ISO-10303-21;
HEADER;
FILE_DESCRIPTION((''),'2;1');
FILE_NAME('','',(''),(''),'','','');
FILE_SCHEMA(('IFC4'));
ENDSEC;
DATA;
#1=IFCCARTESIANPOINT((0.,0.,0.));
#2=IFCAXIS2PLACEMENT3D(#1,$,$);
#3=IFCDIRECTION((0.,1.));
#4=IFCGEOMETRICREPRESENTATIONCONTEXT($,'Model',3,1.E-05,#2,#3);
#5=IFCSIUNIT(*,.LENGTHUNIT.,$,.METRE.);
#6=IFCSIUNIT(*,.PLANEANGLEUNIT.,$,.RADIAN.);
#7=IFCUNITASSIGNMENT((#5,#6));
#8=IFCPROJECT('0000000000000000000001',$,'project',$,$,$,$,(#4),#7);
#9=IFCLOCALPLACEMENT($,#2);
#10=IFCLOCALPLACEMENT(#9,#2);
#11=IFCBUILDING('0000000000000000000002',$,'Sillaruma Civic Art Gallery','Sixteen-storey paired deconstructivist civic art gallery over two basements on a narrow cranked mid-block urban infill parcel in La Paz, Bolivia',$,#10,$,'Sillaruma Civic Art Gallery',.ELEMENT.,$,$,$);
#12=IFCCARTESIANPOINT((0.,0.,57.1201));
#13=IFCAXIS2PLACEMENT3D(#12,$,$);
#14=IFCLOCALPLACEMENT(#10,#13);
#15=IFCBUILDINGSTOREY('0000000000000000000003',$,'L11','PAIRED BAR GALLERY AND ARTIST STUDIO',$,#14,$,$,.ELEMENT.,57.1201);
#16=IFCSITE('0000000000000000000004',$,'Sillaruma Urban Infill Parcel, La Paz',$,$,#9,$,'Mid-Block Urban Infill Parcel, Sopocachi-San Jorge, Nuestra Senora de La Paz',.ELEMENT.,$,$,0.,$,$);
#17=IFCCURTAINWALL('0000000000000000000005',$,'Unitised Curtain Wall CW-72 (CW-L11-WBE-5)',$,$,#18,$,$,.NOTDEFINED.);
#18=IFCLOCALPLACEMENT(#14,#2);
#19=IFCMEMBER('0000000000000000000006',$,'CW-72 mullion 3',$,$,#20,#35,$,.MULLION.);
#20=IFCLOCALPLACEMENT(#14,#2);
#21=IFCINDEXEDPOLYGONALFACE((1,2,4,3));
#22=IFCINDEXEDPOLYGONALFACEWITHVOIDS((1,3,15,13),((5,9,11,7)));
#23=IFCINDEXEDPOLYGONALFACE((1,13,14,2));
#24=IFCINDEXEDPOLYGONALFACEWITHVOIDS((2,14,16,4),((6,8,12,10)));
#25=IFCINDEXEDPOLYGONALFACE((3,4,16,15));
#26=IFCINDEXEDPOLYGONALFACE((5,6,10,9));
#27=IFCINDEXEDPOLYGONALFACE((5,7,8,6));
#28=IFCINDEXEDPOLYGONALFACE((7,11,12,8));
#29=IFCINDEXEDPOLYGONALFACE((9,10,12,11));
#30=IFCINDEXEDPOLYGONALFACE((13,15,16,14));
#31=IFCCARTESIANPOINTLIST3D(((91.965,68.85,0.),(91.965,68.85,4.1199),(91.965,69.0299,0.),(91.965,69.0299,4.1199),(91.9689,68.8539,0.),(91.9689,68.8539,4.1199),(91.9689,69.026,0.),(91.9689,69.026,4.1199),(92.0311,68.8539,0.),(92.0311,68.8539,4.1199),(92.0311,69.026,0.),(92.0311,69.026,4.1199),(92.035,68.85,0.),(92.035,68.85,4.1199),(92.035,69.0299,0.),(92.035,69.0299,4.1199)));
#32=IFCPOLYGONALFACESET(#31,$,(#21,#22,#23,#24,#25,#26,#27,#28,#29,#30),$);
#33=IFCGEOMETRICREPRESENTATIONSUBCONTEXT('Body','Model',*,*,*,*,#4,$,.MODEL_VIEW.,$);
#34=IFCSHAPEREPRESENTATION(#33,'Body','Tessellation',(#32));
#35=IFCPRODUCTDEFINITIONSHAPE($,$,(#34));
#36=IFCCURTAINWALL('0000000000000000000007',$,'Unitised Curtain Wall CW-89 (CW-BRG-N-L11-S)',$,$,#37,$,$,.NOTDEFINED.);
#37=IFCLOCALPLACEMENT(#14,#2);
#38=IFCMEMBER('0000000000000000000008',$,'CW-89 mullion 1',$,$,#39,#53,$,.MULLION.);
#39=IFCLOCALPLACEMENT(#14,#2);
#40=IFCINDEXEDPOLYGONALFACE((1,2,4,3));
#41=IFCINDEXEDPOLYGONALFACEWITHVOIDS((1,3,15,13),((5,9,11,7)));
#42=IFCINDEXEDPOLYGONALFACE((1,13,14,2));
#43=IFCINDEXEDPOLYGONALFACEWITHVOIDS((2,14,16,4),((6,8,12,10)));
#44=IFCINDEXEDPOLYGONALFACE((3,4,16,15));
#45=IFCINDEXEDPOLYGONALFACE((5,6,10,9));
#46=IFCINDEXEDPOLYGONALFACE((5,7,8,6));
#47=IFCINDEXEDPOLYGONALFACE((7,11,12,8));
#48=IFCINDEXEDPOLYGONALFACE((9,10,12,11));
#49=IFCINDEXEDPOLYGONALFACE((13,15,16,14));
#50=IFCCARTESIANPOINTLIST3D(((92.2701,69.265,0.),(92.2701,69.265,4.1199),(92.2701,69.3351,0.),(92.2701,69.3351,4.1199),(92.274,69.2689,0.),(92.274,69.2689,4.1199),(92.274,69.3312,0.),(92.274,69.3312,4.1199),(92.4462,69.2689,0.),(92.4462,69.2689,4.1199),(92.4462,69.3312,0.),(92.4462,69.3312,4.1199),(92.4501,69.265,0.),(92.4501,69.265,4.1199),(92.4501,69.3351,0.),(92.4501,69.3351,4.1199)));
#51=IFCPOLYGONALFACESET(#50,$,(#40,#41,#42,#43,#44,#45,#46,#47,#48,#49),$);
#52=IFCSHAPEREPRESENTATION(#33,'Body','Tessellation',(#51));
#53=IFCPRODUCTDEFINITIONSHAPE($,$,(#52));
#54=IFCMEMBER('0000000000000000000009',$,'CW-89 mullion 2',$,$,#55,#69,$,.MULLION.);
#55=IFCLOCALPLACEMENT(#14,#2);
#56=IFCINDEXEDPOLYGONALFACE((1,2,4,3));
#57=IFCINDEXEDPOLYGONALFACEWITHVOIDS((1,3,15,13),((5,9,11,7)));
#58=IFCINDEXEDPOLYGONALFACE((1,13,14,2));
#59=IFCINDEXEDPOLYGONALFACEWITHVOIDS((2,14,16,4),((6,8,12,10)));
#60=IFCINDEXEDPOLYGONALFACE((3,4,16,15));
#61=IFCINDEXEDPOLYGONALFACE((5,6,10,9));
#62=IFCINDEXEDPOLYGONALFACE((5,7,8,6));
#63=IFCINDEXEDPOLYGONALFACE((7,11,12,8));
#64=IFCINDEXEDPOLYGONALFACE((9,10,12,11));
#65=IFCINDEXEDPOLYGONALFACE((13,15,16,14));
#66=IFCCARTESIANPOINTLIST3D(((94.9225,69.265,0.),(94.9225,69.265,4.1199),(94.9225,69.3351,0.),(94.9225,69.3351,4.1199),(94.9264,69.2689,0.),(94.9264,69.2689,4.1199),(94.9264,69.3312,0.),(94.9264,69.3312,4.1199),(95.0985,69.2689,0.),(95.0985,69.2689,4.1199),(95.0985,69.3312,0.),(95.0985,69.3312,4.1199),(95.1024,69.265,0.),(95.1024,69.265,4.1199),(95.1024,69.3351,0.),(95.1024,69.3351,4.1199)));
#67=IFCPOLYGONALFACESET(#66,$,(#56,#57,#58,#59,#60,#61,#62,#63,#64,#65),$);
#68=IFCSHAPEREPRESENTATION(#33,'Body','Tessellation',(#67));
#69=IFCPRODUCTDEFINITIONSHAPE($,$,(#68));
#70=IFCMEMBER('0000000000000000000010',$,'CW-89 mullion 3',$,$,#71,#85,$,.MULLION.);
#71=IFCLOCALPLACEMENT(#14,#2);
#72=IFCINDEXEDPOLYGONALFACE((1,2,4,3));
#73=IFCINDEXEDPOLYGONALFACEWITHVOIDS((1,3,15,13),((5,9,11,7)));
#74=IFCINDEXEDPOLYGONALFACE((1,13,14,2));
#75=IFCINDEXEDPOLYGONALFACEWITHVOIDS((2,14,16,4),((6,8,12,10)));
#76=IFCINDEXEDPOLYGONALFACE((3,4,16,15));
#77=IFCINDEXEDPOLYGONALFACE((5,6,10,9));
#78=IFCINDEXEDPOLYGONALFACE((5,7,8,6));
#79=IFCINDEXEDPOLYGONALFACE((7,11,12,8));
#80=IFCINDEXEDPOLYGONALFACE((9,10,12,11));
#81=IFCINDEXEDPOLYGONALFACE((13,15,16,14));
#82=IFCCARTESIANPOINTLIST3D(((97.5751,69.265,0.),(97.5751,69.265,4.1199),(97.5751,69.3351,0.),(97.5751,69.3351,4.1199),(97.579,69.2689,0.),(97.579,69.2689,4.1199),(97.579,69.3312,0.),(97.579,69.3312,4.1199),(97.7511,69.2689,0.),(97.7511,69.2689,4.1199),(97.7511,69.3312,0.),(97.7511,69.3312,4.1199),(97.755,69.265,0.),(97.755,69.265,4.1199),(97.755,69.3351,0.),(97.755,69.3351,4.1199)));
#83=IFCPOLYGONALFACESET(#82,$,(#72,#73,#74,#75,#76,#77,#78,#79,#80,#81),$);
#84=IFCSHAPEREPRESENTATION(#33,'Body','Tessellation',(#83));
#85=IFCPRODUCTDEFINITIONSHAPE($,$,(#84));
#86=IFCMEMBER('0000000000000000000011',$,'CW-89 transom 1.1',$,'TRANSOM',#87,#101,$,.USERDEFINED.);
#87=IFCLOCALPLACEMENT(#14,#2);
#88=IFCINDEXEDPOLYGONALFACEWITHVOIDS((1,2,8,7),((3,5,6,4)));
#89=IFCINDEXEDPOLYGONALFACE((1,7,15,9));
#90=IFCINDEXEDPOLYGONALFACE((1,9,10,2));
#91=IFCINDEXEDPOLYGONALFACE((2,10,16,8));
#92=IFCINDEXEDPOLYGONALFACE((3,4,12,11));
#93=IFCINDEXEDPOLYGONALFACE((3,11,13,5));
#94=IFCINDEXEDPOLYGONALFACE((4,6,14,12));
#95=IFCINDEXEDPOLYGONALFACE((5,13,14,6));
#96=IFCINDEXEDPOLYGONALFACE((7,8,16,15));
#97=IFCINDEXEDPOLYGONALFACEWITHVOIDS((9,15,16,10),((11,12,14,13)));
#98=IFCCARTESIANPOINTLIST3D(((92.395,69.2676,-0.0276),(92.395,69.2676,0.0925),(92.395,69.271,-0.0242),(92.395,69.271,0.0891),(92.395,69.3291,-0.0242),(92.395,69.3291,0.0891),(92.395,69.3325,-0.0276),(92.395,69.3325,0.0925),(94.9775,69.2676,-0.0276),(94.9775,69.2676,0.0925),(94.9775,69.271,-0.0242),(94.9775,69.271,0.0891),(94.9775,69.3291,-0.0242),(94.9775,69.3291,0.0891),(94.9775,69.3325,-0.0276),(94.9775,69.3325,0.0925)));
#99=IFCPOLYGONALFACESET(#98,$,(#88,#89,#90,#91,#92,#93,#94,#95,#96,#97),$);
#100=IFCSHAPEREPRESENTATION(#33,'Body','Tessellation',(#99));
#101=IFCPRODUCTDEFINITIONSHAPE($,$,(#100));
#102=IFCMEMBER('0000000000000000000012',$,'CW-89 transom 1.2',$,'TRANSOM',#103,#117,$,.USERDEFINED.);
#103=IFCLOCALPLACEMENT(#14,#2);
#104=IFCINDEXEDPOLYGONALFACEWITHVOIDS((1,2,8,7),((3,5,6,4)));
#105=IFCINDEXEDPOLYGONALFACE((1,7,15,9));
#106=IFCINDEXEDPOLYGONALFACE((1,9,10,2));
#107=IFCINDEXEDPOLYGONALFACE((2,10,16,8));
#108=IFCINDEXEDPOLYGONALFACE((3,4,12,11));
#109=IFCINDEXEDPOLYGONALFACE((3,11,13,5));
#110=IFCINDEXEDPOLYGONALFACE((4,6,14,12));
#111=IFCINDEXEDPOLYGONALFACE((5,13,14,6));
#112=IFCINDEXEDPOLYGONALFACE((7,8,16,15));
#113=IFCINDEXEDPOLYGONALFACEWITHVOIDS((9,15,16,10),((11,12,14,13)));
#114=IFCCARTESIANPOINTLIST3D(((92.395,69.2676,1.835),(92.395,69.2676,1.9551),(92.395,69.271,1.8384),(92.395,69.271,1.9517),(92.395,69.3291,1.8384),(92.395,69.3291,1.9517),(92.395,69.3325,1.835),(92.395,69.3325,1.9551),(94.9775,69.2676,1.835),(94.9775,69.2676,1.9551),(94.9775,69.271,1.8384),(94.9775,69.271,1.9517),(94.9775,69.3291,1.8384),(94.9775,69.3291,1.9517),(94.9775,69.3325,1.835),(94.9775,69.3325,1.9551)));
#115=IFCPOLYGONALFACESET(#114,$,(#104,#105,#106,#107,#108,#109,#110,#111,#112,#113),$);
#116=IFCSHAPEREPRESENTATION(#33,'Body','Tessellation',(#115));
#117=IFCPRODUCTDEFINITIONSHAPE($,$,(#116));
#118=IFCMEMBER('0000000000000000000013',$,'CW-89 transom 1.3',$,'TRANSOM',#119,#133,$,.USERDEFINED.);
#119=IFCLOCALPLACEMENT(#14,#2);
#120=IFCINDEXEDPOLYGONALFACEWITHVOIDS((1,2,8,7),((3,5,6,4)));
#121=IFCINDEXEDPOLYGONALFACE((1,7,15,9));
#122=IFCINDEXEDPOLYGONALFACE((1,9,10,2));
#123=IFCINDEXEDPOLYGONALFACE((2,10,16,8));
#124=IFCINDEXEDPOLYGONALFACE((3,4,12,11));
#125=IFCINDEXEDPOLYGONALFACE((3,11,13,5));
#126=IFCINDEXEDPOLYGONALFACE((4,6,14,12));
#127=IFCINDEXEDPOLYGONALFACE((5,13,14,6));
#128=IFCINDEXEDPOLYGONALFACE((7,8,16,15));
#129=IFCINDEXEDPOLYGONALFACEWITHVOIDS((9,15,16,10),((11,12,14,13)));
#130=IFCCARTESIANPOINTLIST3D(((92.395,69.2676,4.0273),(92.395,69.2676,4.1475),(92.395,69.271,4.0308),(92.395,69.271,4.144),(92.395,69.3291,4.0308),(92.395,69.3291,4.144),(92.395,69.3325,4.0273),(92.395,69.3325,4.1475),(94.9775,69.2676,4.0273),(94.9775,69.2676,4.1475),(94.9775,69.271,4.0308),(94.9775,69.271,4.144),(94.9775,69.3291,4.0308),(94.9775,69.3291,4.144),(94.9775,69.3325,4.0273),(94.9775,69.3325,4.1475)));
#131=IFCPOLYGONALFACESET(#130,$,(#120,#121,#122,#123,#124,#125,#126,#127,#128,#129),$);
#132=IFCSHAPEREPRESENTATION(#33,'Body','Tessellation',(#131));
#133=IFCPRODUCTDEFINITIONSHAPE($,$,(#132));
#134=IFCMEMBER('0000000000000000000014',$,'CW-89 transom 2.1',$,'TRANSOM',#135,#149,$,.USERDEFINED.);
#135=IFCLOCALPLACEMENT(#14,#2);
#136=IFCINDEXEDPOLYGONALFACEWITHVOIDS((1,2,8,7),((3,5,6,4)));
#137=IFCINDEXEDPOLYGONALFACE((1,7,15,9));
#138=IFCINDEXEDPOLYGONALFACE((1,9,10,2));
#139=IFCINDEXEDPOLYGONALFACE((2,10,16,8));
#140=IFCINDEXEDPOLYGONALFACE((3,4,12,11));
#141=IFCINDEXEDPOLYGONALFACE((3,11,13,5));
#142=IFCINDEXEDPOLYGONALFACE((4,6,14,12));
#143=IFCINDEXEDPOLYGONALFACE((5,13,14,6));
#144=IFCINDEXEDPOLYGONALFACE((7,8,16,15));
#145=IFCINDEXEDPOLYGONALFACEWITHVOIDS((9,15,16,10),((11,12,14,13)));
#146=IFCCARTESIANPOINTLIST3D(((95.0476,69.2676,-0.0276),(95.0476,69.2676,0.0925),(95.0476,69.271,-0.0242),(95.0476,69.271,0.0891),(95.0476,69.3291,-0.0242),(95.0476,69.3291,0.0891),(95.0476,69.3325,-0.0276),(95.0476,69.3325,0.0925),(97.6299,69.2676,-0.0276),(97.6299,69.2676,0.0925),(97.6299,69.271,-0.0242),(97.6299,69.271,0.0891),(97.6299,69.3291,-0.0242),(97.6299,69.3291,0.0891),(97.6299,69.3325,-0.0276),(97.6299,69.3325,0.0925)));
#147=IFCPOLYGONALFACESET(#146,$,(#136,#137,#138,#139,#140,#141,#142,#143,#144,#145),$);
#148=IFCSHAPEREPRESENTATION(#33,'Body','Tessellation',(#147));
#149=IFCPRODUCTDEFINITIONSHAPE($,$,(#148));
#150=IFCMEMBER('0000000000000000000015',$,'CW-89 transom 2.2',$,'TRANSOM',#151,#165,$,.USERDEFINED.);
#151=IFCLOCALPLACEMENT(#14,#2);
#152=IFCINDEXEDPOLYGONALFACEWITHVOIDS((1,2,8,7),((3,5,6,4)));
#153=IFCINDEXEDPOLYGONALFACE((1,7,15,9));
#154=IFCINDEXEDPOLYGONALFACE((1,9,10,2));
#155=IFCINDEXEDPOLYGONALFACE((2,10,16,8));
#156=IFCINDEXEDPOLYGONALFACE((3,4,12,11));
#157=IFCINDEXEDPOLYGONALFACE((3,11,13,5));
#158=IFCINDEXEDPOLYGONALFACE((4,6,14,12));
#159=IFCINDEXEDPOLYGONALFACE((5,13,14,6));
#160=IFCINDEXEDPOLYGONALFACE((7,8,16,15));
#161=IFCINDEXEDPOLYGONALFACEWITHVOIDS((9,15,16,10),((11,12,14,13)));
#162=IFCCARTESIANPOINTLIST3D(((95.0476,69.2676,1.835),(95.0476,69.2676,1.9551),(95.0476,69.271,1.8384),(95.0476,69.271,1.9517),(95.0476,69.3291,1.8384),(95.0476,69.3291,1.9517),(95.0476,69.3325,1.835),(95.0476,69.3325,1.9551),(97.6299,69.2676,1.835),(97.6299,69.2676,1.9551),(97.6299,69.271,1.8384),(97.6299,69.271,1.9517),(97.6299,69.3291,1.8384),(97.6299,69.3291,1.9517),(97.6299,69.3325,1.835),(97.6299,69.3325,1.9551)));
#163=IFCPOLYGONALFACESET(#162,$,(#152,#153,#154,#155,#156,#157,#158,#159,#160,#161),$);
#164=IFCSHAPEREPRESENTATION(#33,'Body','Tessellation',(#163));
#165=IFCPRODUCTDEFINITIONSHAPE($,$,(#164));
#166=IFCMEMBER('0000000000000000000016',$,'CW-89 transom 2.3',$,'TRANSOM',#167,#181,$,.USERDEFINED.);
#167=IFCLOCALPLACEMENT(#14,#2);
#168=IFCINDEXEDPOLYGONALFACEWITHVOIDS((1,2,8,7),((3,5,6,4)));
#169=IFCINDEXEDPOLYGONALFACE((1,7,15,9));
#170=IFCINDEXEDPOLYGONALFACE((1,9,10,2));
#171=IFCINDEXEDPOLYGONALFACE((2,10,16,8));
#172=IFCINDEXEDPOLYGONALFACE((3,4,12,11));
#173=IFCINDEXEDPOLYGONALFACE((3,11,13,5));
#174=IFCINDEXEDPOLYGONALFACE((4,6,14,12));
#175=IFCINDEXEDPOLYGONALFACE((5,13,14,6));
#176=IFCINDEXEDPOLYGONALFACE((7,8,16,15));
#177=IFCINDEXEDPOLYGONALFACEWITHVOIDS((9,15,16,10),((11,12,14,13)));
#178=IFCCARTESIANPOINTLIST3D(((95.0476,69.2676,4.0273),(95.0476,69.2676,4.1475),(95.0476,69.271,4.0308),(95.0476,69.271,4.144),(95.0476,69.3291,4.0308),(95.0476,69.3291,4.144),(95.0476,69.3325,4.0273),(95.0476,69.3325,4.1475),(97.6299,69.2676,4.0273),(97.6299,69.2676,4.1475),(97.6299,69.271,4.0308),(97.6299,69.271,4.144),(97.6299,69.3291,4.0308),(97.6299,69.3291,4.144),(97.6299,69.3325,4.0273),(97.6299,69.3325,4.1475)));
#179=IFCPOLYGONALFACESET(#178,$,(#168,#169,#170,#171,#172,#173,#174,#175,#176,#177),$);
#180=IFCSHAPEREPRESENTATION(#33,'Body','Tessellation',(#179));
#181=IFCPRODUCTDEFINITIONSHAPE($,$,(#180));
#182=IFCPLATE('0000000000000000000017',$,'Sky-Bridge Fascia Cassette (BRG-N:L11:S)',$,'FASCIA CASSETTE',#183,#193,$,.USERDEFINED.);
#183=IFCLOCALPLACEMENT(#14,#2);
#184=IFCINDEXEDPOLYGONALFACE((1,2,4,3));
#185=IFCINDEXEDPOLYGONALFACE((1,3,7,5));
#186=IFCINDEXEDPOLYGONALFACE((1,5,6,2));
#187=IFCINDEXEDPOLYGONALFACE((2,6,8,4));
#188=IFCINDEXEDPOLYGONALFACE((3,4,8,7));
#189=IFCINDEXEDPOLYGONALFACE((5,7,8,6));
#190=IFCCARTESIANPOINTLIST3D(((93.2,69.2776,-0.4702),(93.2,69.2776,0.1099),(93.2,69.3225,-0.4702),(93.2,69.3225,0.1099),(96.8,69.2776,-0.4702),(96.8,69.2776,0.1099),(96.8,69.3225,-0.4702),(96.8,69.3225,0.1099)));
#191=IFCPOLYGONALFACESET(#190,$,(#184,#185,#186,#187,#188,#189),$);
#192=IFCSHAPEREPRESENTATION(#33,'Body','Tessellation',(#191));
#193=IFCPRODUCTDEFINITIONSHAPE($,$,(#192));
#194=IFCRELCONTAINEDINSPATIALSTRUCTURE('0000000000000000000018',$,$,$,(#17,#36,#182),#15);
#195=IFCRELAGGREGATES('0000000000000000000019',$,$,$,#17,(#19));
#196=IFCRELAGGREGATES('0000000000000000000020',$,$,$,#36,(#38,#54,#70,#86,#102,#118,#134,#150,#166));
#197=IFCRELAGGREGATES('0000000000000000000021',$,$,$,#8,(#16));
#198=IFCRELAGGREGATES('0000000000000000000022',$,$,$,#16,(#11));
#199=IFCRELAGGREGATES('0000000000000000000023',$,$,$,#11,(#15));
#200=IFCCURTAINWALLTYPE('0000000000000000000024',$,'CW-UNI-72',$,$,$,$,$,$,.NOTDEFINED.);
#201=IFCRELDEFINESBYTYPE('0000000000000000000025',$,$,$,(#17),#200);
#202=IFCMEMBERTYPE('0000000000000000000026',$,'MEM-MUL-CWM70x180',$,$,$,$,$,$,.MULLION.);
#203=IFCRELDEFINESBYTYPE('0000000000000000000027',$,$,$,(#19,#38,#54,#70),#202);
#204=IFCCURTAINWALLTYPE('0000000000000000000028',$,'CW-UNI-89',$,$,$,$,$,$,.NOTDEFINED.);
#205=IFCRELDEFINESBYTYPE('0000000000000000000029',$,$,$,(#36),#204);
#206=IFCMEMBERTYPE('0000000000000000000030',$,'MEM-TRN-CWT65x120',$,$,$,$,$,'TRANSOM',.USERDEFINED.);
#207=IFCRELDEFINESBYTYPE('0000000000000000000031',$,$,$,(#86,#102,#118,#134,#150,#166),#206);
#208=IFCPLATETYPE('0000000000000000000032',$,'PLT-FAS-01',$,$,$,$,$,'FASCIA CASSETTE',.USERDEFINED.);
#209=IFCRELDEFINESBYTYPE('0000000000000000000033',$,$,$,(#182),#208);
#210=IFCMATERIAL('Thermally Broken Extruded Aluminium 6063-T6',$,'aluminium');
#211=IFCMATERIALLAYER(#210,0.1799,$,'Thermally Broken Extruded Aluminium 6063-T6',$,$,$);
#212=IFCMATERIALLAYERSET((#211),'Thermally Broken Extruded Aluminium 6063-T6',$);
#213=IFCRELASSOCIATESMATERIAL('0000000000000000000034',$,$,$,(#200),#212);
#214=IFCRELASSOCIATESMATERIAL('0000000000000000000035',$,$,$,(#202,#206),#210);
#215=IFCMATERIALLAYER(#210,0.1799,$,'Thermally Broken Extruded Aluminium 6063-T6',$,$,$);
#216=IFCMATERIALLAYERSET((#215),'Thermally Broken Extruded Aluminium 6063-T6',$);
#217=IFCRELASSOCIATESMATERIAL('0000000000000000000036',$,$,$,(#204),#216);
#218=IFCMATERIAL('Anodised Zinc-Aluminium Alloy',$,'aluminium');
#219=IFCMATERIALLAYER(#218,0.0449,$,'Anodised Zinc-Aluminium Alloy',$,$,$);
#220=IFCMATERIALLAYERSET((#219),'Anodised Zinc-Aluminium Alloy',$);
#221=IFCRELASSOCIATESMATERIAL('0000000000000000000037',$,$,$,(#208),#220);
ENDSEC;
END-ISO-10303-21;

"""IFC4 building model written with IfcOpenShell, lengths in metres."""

from ifc_helpers import new_model, si_unit, direction, frame, origin, origin_2d, place, context, subcontext, project, spatial, rectangle, hollow_rectangle, extrude, material, layer, layer_set, material_profile, profile_set, type_object, element, aggregate, save


model = new_model("IFC4")

# Units and contexts
model_context = context("Model", 3, precision=1e-05, world=origin(), true_north=direction((0.0, 1.0)))
body_context = subcontext(model_context, "Body", "Model", "MODEL_VIEW")
ifc_project = project(units=[si_unit("LENGTHUNIT", "METRE"), si_unit("PLANEANGLEUNIT", "RADIAN")], contexts=[model_context])

# Site, building, storey
site_placement = place(None, origin())
site = spatial("IfcSite", under=ifc_project, at=site_placement, Name="Sillaruma Urban Infill Parcel, La Paz", LongName="Mid-Block Urban Infill Parcel, Sopocachi-San Jorge, Nuestra Senora de La Paz", CompositionType="ELEMENT", RefElevation=0.0)
building_placement = place(site_placement, origin())
building = spatial("IfcBuilding", under=site, at=building_placement, Name="Sillaruma Civic Art Gallery", Description="Sixteen-storey paired deconstructivist civic art gallery over two basements on a narrow cranked mid-block urban infill parcel in La Paz, Bolivia", LongName="Sillaruma Civic Art Gallery", CompositionType="ELEMENT")
storey_placement = place(building_placement, frame((0.0, 0.0, 57.1201)))
storey = spatial("IfcBuildingStorey", under=building, at=storey_placement, Name="L11", Description="PAIRED BAR GALLERY AND ARTIST STUDIO", CompositionType="ELEMENT", Elevation=57.1201)

# Curtain wall, member
ifc_material_1 = material(Name="Thermally Broken Extruded Aluminium 6063-T6", Category="aluminium")
ifc_layer_1 = layer(ifc_material_1, 0.1799, Name="Thermally Broken Extruded Aluminium 6063-T6")
ifc_layer_set_1 = layer_set([ifc_layer_1], Name="Thermally Broken Extruded Aluminium 6063-T6")
curtain_wall_type_1 = type_object("IfcCurtainWallType", Name="CW-UNI-72", PredefinedType="NOTDEFINED", material=ifc_layer_set_1)
curtain_wall_1_placement = place(storey_placement, origin())
curtain_wall_1 = element("IfcCurtainWall", 1, at=curtain_wall_1_placement, inside=storey, type_object=curtain_wall_type_1, Name="Unitised Curtain Wall CW-72 (CW-L11-WBE-5)", PredefinedType="NOTDEFINED")
ifc_material_profile_1 = material_profile(ifc_material_1, hollow_rectangle(XDim=0.0701, YDim=0.1799, WallThickness=0.0039, at=origin_2d()), Name="CWM70x180")
ifc_profile_set_1 = profile_set([ifc_material_profile_1], Name="Thermally Broken Extruded Aluminium 6063-T6")
member_type_1 = type_object("IfcMemberType", Name="MEM-MUL-CWM70x180", PredefinedType="MULLION", material=ifc_profile_set_1)
member_1_placement = place(storey_placement, frame((92.0, 68.9399, 0.0), z_axis=(0.0, 0.0, 1.0), x_axis=(-1.0, 0.0, 0.0)))
member_1 = element("IfcMember", 2, at=member_1_placement, type_object=member_type_1, Name="CW-72 mullion 3", PredefinedType="MULLION", context=body_context, shape_type="SweptSolid", body=[
    extrude(hollow_rectangle(XDim=0.0701, YDim=0.1799, WallThickness=0.0039, at=origin_2d()), origin(), (0.0, 0.0, 1.0), 4.1199),
])

# Curtain wall, members
ifc_layer_2 = layer(ifc_material_1, 0.1799, Name="Thermally Broken Extruded Aluminium 6063-T6")
ifc_layer_set_2 = layer_set([ifc_layer_2], Name="Thermally Broken Extruded Aluminium 6063-T6")
curtain_wall_type_2 = type_object("IfcCurtainWallType", Name="CW-UNI-89", PredefinedType="NOTDEFINED", material=ifc_layer_set_2)
curtain_wall_2_placement = place(storey_placement, origin())
curtain_wall_2 = element("IfcCurtainWall", 3, at=curtain_wall_2_placement, inside=storey, type_object=curtain_wall_type_2, Name="Unitised Curtain Wall CW-89 (CW-BRG-N-L11-S)", PredefinedType="NOTDEFINED")
member_2_placement = place(storey_placement, frame((92.3601, 69.3, 0.0), z_axis=(0.0, 0.0, 1.0), x_axis=(0.0, 1.0, 0.0)))
member_2 = element("IfcMember", 4, at=member_2_placement, type_object=member_type_1, Name="CW-89 mullion 1", PredefinedType="MULLION", context=body_context, shape_type="SweptSolid", body=[
    extrude(hollow_rectangle(XDim=0.0701, YDim=0.1799, WallThickness=0.0039, at=origin_2d()), origin(), (0.0, 0.0, 1.0), 4.1199),
])
member_3_placement = place(storey_placement, frame((95.0125, 69.3, 0.0), z_axis=(0.0, 0.0, 1.0), x_axis=(0.0, 1.0, 0.0)))
member_3 = element("IfcMember", 5, at=member_3_placement, type_object=member_type_1, Name="CW-89 mullion 2", PredefinedType="MULLION", context=body_context, shape_type="SweptSolid", body=[
    extrude(hollow_rectangle(XDim=0.0701, YDim=0.1799, WallThickness=0.0039, at=origin_2d()), origin(), (0.0, 0.0, 1.0), 4.1199),
])
member_4_placement = place(storey_placement, frame((97.665, 69.3, 0.0), z_axis=(0.0, 0.0, 1.0), x_axis=(0.0, 1.0, 0.0)))
member_4 = element("IfcMember", 6, at=member_4_placement, type_object=member_type_1, Name="CW-89 mullion 3", PredefinedType="MULLION", context=body_context, shape_type="SweptSolid", body=[
    extrude(hollow_rectangle(XDim=0.0701, YDim=0.1799, WallThickness=0.0039, at=origin_2d()), origin(), (0.0, 0.0, 1.0), 4.1199),
])
ifc_material_profile_2 = material_profile(ifc_material_1, hollow_rectangle(XDim=0.0649, YDim=0.1201, WallThickness=0.0034, at=origin_2d()), Name="CWT65x120")
ifc_profile_set_2 = profile_set([ifc_material_profile_2], Name="Thermally Broken Extruded Aluminium 6063-T6")
member_type_2 = type_object("IfcMemberType", Name="MEM-TRN-CWT65x120", ElementType="TRANSOM", PredefinedType="USERDEFINED", material=ifc_profile_set_2)
member_5_placement = place(storey_placement, frame((92.395, 69.3, 0.0325), z_axis=(1.0, 0.0, 0.0), x_axis=(0.0, 1.0, 0.0)))
member_5 = element("IfcMember", 7, at=member_5_placement, type_object=member_type_2, Name="CW-89 transom 1.1", ObjectType="TRANSOM", PredefinedType="USERDEFINED", context=body_context, shape_type="SweptSolid", body=[
    extrude(hollow_rectangle(XDim=0.0649, YDim=0.1201, WallThickness=0.0034, at=origin_2d()), origin(), (0.0, 0.0, 1.0), 2.5825),
])
member_6_placement = place(storey_placement, frame((92.395, 69.3, 1.895), z_axis=(1.0, 0.0, 0.0), x_axis=(0.0, 1.0, 0.0)))
member_6 = element("IfcMember", 8, at=member_6_placement, type_object=member_type_2, Name="CW-89 transom 1.2", ObjectType="TRANSOM", PredefinedType="USERDEFINED", context=body_context, shape_type="SweptSolid", body=[
    extrude(hollow_rectangle(XDim=0.0649, YDim=0.1201, WallThickness=0.0034, at=origin_2d()), origin(), (0.0, 0.0, 1.0), 2.5825),
])
member_7_placement = place(storey_placement, frame((92.395, 69.3, 4.0874), z_axis=(1.0, 0.0, 0.0), x_axis=(0.0, 1.0, 0.0)))
member_7 = element("IfcMember", 9, at=member_7_placement, type_object=member_type_2, Name="CW-89 transom 1.3", ObjectType="TRANSOM", PredefinedType="USERDEFINED", context=body_context, shape_type="SweptSolid", body=[
    extrude(hollow_rectangle(XDim=0.0649, YDim=0.1201, WallThickness=0.0034, at=origin_2d()), origin(), (0.0, 0.0, 1.0), 2.5825),
])
member_8_placement = place(storey_placement, frame((95.0476, 69.3, 0.0325), z_axis=(1.0, 0.0, 0.0), x_axis=(0.0, 1.0, 0.0)))
member_8 = element("IfcMember", 10, at=member_8_placement, type_object=member_type_2, Name="CW-89 transom 2.1", ObjectType="TRANSOM", PredefinedType="USERDEFINED", context=body_context, shape_type="SweptSolid", body=[
    extrude(hollow_rectangle(XDim=0.0649, YDim=0.1201, WallThickness=0.0034, at=origin_2d()), origin(), (0.0, 0.0, 1.0), 2.5823),
])
member_9_placement = place(storey_placement, frame((95.0476, 69.3, 1.895), z_axis=(1.0, 0.0, 0.0), x_axis=(0.0, 1.0, 0.0)))
member_9 = element("IfcMember", 11, at=member_9_placement, type_object=member_type_2, Name="CW-89 transom 2.2", ObjectType="TRANSOM", PredefinedType="USERDEFINED", context=body_context, shape_type="SweptSolid", body=[
    extrude(hollow_rectangle(XDim=0.0649, YDim=0.1201, WallThickness=0.0034, at=origin_2d()), origin(), (0.0, 0.0, 1.0), 2.5823),
])
member_10_placement = place(storey_placement, frame((95.0476, 69.3, 4.0874), z_axis=(1.0, 0.0, 0.0), x_axis=(0.0, 1.0, 0.0)))
member_10 = element("IfcMember", 12, at=member_10_placement, type_object=member_type_2, Name="CW-89 transom 2.3", ObjectType="TRANSOM", PredefinedType="USERDEFINED", context=body_context, shape_type="SweptSolid", body=[
    extrude(hollow_rectangle(XDim=0.0649, YDim=0.1201, WallThickness=0.0034, at=origin_2d()), origin(), (0.0, 0.0, 1.0), 2.5823),
])

# Plate
ifc_material_2 = material(Name="Anodised Zinc-Aluminium Alloy", Category="aluminium")
ifc_layer_3 = layer(ifc_material_2, 0.0449, Name="Anodised Zinc-Aluminium Alloy")
ifc_layer_set_3 = layer_set([ifc_layer_3], Name="Anodised Zinc-Aluminium Alloy")
plate_type_1 = type_object("IfcPlateType", Name="PLT-FAS-01", ElementType="FASCIA CASSETTE", PredefinedType="USERDEFINED", material=ifc_layer_set_3)
plate_1_placement = place(storey_placement, frame((95.0, 69.3, -0.4702), z_axis=(0.0, 0.0, 1.0), x_axis=(1.0, 0.0, 0.0)))
element("IfcPlate", 13, at=plate_1_placement, inside=storey, type_object=plate_type_1, Name="Sky-Bridge Fascia Cassette (BRG-N:L11:S)", ObjectType="FASCIA CASSETTE", PredefinedType="USERDEFINED", context=body_context, shape_type="SweptSolid", body=[
    extrude(rectangle(XDim=3.6001, YDim=0.0449, at=origin_2d()), origin(), (0.0, 0.0, 1.0), 0.5801),
])
aggregate(curtain_wall_1, [member_1])
aggregate(curtain_wall_2, [member_2, member_3, member_4, member_5, member_6, member_7, member_8, member_9, member_10])

save(model, "model.ifc")
